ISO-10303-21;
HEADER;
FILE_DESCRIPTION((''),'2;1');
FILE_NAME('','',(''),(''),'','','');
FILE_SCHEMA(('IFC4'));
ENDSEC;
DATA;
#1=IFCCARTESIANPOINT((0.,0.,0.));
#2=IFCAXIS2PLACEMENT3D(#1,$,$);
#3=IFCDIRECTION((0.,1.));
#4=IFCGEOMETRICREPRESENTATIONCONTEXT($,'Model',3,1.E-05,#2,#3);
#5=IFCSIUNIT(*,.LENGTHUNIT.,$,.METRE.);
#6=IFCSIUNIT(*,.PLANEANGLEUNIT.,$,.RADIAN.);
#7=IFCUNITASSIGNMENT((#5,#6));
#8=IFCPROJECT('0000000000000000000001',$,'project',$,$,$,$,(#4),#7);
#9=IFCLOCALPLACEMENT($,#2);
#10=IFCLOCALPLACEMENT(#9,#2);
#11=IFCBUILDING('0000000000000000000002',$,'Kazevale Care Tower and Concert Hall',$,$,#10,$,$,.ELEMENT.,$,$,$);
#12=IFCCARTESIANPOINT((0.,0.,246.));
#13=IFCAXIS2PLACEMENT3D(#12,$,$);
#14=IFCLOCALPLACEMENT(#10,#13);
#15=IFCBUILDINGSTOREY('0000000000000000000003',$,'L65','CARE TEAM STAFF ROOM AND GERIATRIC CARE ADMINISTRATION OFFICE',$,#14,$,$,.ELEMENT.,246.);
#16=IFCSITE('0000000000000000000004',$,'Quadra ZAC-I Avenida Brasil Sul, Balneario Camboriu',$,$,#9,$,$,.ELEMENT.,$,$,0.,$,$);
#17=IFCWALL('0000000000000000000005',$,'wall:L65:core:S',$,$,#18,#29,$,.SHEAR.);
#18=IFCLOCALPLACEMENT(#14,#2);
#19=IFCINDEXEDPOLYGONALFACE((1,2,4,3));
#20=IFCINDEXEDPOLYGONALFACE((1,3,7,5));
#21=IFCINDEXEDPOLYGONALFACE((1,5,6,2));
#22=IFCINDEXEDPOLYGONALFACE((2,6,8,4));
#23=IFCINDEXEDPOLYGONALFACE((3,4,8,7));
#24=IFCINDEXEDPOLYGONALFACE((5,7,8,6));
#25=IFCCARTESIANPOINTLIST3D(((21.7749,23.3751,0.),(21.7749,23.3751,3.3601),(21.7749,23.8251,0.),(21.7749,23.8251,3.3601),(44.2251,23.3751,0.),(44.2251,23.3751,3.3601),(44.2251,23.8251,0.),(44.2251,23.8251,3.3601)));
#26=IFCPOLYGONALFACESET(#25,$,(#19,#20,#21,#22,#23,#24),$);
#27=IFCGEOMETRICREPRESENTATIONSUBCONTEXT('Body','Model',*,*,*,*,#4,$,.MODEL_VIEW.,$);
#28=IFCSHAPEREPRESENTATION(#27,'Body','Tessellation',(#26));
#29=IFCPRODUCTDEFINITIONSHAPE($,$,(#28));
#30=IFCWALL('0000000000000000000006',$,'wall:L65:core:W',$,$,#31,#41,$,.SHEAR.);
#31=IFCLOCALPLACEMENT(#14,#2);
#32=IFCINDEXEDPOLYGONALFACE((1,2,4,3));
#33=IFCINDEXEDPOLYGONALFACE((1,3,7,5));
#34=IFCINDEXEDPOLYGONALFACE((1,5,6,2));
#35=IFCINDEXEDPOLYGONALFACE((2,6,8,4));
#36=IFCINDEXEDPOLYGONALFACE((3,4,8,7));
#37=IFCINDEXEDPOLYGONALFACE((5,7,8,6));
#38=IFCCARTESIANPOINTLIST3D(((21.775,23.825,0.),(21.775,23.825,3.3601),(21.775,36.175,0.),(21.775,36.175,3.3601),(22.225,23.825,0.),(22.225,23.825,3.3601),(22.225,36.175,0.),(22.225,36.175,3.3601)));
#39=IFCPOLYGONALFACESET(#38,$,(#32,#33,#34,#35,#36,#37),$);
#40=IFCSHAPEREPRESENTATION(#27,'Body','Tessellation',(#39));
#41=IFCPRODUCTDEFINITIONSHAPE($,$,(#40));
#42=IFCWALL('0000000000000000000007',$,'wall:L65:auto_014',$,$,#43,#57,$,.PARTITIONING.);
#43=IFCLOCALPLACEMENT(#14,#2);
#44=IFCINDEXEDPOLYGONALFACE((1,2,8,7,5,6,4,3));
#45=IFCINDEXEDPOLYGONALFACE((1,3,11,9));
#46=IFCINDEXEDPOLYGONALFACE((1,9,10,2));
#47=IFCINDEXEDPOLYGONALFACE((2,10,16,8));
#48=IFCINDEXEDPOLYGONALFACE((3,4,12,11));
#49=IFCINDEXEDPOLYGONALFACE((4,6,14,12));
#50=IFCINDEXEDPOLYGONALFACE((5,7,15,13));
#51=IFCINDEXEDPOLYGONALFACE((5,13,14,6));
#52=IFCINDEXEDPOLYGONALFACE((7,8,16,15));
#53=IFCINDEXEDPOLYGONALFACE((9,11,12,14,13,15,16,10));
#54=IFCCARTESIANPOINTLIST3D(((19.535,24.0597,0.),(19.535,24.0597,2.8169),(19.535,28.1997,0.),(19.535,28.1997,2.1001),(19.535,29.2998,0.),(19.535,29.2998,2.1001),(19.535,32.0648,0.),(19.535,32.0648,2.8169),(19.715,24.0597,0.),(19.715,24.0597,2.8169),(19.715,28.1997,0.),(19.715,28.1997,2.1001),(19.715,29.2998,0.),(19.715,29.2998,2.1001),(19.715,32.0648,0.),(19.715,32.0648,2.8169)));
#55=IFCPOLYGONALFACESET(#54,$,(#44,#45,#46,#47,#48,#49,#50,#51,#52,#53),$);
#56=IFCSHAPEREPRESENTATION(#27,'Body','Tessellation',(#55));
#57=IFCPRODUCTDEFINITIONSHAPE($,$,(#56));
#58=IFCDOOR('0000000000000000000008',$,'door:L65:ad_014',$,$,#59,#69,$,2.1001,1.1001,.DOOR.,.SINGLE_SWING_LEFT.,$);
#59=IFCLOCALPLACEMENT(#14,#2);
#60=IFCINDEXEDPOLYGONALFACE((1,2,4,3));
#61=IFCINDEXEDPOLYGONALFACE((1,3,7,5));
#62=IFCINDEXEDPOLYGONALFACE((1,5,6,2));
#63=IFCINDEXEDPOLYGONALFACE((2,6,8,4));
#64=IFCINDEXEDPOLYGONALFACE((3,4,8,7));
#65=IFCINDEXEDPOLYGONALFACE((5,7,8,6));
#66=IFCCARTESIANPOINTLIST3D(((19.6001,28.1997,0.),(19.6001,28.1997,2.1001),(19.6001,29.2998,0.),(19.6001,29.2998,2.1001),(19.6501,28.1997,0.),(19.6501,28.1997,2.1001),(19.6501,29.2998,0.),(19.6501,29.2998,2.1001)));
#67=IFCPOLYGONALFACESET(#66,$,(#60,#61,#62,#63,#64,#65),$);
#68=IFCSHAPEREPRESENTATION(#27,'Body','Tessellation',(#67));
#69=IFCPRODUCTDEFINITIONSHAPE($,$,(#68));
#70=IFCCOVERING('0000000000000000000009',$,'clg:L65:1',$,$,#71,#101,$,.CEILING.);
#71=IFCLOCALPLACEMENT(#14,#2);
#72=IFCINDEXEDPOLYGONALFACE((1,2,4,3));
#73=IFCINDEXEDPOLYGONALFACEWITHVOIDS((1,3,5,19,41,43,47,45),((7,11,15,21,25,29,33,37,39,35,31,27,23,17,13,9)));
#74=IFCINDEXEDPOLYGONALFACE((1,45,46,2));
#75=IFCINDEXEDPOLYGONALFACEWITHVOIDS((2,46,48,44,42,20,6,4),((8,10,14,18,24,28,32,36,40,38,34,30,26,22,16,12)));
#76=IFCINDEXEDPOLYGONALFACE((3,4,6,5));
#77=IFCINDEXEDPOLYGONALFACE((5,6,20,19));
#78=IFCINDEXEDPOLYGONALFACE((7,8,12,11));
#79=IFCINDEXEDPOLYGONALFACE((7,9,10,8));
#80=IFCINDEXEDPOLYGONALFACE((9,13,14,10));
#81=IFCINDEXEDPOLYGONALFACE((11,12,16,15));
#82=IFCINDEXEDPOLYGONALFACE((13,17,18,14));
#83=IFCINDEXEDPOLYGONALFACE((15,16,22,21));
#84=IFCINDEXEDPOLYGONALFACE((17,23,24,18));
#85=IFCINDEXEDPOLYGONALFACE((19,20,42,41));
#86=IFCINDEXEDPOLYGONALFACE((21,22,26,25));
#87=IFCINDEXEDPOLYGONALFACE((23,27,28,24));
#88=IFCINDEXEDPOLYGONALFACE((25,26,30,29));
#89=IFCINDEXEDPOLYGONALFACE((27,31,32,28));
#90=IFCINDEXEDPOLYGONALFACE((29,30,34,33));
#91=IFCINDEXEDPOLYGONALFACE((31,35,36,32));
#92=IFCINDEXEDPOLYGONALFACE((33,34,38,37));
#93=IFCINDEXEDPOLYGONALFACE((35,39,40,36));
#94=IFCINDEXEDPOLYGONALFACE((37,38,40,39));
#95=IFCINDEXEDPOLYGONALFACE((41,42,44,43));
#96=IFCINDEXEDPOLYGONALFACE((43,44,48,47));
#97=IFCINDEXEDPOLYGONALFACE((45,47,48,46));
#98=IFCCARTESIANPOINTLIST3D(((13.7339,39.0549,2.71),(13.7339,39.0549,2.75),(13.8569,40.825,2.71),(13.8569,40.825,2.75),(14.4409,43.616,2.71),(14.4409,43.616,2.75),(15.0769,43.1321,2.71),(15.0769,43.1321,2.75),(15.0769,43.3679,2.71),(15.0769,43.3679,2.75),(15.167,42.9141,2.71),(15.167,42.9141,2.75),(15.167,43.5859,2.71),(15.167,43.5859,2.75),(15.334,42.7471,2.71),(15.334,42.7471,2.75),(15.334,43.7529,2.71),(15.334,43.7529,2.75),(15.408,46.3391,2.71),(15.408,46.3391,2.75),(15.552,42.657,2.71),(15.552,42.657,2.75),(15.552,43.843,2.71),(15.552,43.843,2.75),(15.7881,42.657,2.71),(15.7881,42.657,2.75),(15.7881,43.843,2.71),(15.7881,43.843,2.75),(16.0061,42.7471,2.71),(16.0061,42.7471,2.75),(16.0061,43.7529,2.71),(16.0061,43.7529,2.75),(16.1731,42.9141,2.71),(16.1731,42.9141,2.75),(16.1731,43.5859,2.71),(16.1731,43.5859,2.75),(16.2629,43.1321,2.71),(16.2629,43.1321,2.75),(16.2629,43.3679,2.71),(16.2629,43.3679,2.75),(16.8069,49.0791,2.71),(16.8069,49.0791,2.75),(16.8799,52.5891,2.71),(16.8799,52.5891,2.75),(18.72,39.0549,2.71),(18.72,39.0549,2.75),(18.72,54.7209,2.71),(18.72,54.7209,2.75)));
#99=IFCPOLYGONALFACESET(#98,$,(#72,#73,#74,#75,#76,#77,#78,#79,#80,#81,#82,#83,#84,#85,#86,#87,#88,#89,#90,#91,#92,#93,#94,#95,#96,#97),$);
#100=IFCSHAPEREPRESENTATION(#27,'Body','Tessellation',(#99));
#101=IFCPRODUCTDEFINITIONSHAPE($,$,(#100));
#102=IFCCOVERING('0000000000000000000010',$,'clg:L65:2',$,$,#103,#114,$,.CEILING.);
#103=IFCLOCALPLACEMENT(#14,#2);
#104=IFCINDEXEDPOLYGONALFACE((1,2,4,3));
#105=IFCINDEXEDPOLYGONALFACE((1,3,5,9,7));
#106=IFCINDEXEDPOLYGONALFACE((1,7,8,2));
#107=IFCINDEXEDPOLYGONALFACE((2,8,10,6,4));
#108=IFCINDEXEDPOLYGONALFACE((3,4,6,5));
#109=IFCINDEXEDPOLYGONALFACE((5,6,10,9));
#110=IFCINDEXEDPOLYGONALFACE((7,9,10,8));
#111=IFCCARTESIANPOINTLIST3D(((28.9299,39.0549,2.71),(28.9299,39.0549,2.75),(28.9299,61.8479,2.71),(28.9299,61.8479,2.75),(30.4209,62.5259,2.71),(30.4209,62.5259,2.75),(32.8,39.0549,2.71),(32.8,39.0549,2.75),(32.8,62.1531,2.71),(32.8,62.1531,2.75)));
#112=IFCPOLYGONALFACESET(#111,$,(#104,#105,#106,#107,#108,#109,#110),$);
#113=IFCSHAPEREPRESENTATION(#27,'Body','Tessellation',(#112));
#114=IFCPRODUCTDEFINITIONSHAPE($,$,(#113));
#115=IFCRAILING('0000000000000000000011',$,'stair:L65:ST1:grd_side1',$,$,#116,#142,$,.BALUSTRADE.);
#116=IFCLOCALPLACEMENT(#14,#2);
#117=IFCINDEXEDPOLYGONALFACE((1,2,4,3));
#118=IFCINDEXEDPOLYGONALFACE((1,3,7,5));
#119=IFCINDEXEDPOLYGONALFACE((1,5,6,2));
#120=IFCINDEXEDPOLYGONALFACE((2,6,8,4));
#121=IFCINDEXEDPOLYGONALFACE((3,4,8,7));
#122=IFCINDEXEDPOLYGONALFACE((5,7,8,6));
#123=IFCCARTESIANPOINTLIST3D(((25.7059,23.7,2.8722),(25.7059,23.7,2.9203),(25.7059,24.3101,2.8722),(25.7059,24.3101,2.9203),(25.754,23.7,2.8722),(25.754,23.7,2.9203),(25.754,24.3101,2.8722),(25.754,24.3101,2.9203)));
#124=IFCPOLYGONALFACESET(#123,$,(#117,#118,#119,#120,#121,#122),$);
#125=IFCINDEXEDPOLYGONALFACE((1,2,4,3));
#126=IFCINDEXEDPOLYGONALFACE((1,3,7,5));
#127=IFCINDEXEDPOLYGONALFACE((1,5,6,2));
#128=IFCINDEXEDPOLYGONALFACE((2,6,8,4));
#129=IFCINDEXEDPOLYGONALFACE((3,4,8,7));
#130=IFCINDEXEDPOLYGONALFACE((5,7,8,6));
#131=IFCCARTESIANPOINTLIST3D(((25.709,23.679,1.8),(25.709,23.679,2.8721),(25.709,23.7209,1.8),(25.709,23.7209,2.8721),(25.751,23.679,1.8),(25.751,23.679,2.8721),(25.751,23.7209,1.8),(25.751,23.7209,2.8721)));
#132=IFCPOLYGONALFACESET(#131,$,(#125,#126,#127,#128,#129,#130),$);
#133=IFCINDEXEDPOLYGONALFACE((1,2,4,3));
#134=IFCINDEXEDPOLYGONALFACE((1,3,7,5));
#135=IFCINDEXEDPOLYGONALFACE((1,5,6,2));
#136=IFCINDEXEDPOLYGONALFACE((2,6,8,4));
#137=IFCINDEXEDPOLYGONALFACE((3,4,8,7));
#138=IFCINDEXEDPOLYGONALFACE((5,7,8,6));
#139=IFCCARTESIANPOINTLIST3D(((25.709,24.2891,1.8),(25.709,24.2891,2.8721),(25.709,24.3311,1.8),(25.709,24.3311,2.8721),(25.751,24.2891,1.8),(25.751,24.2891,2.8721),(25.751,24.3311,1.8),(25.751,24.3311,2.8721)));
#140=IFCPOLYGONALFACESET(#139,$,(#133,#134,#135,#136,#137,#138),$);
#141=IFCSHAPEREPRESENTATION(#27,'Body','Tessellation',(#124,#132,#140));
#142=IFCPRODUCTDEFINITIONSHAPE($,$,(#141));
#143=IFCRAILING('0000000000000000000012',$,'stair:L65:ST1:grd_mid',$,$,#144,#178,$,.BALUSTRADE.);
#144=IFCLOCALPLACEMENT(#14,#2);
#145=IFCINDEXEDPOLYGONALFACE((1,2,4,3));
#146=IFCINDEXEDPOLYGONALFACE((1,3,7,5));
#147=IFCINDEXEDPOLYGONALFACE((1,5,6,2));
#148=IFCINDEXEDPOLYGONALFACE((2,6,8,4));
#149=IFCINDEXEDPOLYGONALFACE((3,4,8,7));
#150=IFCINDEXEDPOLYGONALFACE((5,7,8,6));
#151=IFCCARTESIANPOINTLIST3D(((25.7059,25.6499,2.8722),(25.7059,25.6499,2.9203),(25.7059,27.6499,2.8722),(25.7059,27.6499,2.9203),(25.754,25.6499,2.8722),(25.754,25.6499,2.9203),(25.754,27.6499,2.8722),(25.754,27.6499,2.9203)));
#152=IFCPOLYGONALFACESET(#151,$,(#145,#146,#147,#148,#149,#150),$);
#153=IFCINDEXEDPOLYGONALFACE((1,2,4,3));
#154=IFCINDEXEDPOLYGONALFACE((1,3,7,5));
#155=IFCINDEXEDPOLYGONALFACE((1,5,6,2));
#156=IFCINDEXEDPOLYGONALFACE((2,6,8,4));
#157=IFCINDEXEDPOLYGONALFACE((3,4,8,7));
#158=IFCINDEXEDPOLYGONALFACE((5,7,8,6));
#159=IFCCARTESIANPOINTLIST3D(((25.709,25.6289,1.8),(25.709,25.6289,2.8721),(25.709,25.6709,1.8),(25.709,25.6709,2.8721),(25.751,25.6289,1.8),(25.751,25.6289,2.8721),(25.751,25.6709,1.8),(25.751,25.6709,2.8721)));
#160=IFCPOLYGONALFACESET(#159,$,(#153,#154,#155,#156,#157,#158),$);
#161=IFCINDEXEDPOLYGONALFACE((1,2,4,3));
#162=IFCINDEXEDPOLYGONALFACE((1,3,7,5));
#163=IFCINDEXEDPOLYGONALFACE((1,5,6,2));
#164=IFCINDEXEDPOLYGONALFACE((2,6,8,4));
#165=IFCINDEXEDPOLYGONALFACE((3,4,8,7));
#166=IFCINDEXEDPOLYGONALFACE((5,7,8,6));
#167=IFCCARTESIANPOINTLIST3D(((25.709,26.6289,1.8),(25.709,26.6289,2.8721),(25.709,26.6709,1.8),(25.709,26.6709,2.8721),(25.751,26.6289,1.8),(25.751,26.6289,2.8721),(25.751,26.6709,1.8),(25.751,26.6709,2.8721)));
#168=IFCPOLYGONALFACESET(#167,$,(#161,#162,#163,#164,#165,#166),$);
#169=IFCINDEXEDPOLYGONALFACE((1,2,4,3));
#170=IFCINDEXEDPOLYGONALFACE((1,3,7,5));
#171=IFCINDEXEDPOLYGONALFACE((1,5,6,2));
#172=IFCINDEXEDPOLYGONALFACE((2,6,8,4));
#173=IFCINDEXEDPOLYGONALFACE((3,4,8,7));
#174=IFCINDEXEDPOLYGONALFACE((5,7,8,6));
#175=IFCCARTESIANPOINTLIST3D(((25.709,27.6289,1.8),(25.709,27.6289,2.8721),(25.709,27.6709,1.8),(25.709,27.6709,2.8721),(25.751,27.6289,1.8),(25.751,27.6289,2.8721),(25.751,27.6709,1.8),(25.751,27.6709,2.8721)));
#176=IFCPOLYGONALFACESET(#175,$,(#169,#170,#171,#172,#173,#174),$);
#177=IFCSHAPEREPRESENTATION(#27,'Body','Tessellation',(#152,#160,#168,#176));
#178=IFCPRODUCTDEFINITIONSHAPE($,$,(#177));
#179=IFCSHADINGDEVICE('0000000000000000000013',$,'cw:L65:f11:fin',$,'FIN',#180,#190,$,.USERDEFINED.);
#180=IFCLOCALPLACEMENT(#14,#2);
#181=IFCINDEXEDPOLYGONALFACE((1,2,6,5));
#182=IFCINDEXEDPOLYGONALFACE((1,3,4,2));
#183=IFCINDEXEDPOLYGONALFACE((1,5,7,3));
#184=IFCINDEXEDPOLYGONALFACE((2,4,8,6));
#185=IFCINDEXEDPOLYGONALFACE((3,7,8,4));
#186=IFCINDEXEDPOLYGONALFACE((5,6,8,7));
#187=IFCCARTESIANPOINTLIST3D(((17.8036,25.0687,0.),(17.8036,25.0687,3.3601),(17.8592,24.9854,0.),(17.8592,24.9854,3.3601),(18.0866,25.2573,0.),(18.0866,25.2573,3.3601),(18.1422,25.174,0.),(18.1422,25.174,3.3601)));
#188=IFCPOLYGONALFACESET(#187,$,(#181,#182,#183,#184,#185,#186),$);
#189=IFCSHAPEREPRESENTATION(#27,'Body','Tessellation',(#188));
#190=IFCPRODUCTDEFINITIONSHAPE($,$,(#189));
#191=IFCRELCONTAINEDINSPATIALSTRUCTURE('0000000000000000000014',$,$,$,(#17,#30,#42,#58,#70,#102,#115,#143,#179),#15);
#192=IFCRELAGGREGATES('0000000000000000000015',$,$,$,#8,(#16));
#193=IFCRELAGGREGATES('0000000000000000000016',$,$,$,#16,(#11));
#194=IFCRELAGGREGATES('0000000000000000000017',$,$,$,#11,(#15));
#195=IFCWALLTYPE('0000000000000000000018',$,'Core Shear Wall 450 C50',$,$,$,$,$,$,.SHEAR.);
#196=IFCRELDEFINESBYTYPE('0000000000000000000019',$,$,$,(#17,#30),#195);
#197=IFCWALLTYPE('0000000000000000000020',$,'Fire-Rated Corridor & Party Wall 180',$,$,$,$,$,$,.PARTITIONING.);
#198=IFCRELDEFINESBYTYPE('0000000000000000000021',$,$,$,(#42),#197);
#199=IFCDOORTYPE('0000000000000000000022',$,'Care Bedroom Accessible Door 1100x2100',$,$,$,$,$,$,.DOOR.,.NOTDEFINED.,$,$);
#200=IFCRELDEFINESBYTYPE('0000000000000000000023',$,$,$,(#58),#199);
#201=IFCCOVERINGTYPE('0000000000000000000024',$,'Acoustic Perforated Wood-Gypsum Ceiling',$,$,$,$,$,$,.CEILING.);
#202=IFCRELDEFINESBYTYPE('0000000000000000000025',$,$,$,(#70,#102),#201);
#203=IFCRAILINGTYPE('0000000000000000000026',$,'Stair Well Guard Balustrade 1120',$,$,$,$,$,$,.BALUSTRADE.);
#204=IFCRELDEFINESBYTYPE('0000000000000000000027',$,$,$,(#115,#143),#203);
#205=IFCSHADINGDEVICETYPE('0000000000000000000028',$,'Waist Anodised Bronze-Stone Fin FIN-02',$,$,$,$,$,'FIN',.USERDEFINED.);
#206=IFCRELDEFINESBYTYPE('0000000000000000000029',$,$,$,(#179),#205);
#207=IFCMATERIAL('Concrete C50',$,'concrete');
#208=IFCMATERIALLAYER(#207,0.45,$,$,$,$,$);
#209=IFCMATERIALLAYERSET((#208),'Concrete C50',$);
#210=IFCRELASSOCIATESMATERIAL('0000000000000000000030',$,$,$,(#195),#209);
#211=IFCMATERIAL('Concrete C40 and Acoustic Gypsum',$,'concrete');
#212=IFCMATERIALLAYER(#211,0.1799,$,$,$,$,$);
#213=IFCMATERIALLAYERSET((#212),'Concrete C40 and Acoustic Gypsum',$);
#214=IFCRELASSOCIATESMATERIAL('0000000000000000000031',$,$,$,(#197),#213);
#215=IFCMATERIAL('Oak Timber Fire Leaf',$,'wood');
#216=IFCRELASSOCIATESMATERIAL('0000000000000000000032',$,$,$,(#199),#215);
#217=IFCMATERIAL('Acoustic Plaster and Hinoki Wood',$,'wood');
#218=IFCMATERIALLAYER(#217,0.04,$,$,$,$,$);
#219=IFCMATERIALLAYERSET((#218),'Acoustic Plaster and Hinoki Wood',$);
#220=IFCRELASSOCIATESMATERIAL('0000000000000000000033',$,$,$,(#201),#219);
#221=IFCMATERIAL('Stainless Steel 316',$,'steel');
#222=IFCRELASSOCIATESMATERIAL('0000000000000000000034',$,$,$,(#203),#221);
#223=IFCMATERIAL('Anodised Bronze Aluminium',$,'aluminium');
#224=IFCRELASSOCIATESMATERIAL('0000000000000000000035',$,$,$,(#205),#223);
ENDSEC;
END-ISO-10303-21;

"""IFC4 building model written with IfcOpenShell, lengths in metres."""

from ifc_helpers import new_model, si_unit, direction, frame, frame_2d, origin, origin_2d, place, context, subcontext, project, spatial, polyline, rectangle, outline, extrude, material, layer, layer_set, type_object, element, fill, save


model = new_model("IFC4")

# Units and contexts
model_context = context("Model", 3, precision=1e-05, world=origin(), true_north=direction((0.0, 1.0)))
body_context = subcontext(model_context, "Body", "Model", "MODEL_VIEW")
ifc_project = project(units=[si_unit("LENGTHUNIT", "METRE"), si_unit("PLANEANGLEUNIT", "RADIAN")], contexts=[model_context])

# Site, building, storey
site_placement = place(None, origin())
site = spatial("IfcSite", under=ifc_project, at=site_placement, Name="Quadra ZAC-I Avenida Brasil Sul, Balneario Camboriu", CompositionType="ELEMENT", RefElevation=0.0)
building_placement = place(site_placement, origin())
building = spatial("IfcBuilding", under=site, at=building_placement, Name="Kazevale Care Tower and Concert Hall", CompositionType="ELEMENT")
storey_placement = place(building_placement, frame((0.0, 0.0, 246.0)))
storey = spatial("IfcBuildingStorey", under=building, at=storey_placement, Name="L65", Description="CARE TEAM STAFF ROOM AND GERIATRIC CARE ADMINISTRATION OFFICE", CompositionType="ELEMENT", Elevation=246.0)

# Shared definitions
ifc_material_1 = material(Name="Concrete C50", Category="concrete")

# Walls
ifc_layer_1 = layer(ifc_material_1, 0.45)
ifc_layer_set_1 = layer_set([ifc_layer_1], Name="Concrete C50")
wall_type_1 = type_object("IfcWallType", Name="Core Shear Wall 450 C50", PredefinedType="SHEAR", material=ifc_layer_set_1)
wall_1_placement = place(storey_placement, frame((21.7749, 23.6001, 0.0), z_axis=(0.0, 0.0, 1.0), x_axis=(1.0, 0.0, 0.0)))
element("IfcWall", 1, at=wall_1_placement, inside=storey, type_object=wall_type_1, Name="wall:L65:core:S", PredefinedType="SHEAR", context=body_context, shape_type="SweptSolid", body=[
    extrude(rectangle(XDim=22.4502, YDim=0.45, at=frame_2d((11.2251, 0.0))), origin(), (0.0, 0.0, 1.0), 3.3601),
])
wall_2_placement = place(storey_placement, frame((22.0, 23.825, 0.0), z_axis=(0.0, 0.0, 1.0), x_axis=(0.0, 1.0, 0.0)))
element("IfcWall", 2, at=wall_2_placement, inside=storey, type_object=wall_type_1, Name="wall:L65:core:W", PredefinedType="SHEAR", context=body_context, shape_type="SweptSolid", body=[
    extrude(rectangle(XDim=12.3501, YDim=0.45, at=frame_2d((6.175, 0.0))), origin(), (0.0, 0.0, 1.0), 3.3601),
])

# Wall, opening, door
ifc_material_2 = material(Name="Concrete C40 and Acoustic Gypsum", Category="concrete")
ifc_layer_2 = layer(ifc_material_2, 0.1799)
ifc_layer_set_2 = layer_set([ifc_layer_2], Name="Concrete C40 and Acoustic Gypsum")
wall_type_2 = type_object("IfcWallType", Name="Fire-Rated Corridor & Party Wall 180", PredefinedType="PARTITIONING", material=ifc_layer_set_2)
wall_3_placement = place(storey_placement, frame((19.625, 24.0598, 0.0), z_axis=(0.0, 0.0, 1.0), x_axis=(0.0, 1.0, 0.0)))
wall_3 = element("IfcWall", 3, at=wall_3_placement, inside=storey, type_object=wall_type_2, Name="wall:L65:auto_014", PredefinedType="PARTITIONING", context=body_context, shape_type="SweptSolid", body=[
    extrude(rectangle(XDim=8.0051, YDim=0.1799, at=frame_2d((4.0024, 0.0))), origin(), (0.0, 0.0, 1.0), 2.8169),
])
opening_placement = place(wall_3_placement, frame((4.1399, 0.0, 0.0)))
opening = element("IfcOpeningElement", 4, at=opening_placement, cuts=wall_3, PredefinedType="OPENING", context=body_context, shape_type="SweptSolid", body=[
    extrude(rectangle(XDim=1.1001, YDim=2.1001, at=frame_2d((0.55, 1.05))), frame((0.0, 0.0999, 0.0), z_axis=(0.0, -1.0, 0.0), x_axis=(1.0, 0.0, 0.0)), (0.0, 0.0, 1.0), 0.2),
])
ifc_material_3 = material(Name="Oak Timber Fire Leaf", Category="wood")
door_type = type_object("IfcDoorType", Name="Care Bedroom Accessible Door 1100x2100", OperationType="NOTDEFINED", PredefinedType="DOOR", material=ifc_material_3)
door_placement = place(opening_placement, origin())
door = element("IfcDoor", 5, at=door_placement, inside=storey, type_object=door_type, Name="door:L65:ad_014", OperationType="SINGLE_SWING_LEFT", OverallHeight=2.1001, OverallWidth=1.1001, PredefinedType="DOOR", context=body_context, shape_type="SweptSolid", body=[
    extrude(rectangle(XDim=1.1001, YDim=2.1001, at=frame_2d((0.55, 1.05))), frame((0.0, 0.0249, 0.0), z_axis=(0.0, -1.0, 0.0), x_axis=(1.0, 0.0, 0.0)), (0.0, 0.0, 1.0), 0.05),
])
fill(opening, door)

# Coverings
ifc_material_4 = material(Name="Acoustic Plaster and Hinoki Wood", Category="wood")
ifc_layer_3 = layer(ifc_material_4, 0.04)
ifc_layer_set_3 = layer_set([ifc_layer_3], Name="Acoustic Plaster and Hinoki Wood")
covering_type = type_object("IfcCoveringType", Name="Acoustic Perforated Wood-Gypsum Ceiling", PredefinedType="CEILING", material=ifc_layer_set_3)
covering_1_placement = place(storey_placement, frame((0.0, 0.0, 2.71)))
element("IfcCovering", 6, at=covering_1_placement, inside=storey, type_object=covering_type, Name="clg:L65:1", PredefinedType="CEILING", context=body_context, shape_type="SweptSolid", body=[
    extrude(outline(polyline([(14.4409, 43.616), (15.408, 46.3391), (16.8069, 49.0791), (16.8799, 52.5891), (18.72, 54.7209), (18.72, 39.0549), (13.7339, 39.0549), (13.8569, 40.825), (14.4409, 43.616)]), holes=[polyline([(16.2629, 43.3679), (16.1731, 43.5859), (16.0061, 43.7529), (15.7881, 43.843), (15.552, 43.843), (15.334, 43.7529), (15.167, 43.5859), (15.0769, 43.3679), (15.0769, 43.1321), (15.167, 42.9141), (15.334, 42.7471), (15.552, 42.657), (15.7881, 42.657), (16.0061, 42.7471), (16.1731, 42.9141), (16.2629, 43.1321), (16.2629, 43.3679)])]), origin(), (0.0, 0.0, 1.0), 0.04),
])
covering_2_placement = place(storey_placement, frame((0.0, 0.0, 2.71)))
element("IfcCovering", 7, at=covering_2_placement, inside=storey, type_object=covering_type, Name="clg:L65:2", PredefinedType="CEILING", context=body_context, shape_type="SweptSolid", body=[
    extrude(outline(polyline([(28.9299, 61.8479), (30.4209, 62.5259), (32.8, 62.1531), (32.8, 39.0549), (28.9299, 39.0549), (28.9299, 61.8479)])), origin(), (0.0, 0.0, 1.0), 0.04),
])

# Railings
ifc_material_5 = material(Name="Stainless Steel 316", Category="steel")
railing_type = type_object("IfcRailingType", Name="Stair Well Guard Balustrade 1120", PredefinedType="BALUSTRADE", material=ifc_material_5)
railing_1_placement = place(storey_placement, frame((25.73, 23.7, 1.8)))
element("IfcRailing", 8, at=railing_1_placement, inside=storey, type_object=railing_type, Name="stair:L65:ST1:grd_side1", PredefinedType="BALUSTRADE", context=body_context, shape_type="SweptSolid", body=[
    extrude(rectangle(XDim=0.0481, YDim=0.0481, at=origin_2d()), frame((0.0, 0.0, 1.0962), z_axis=(0.0, 1.0, 0.0), x_axis=(-1.0, 0.0, 0.0)), (0.0, 0.0, 1.0), 0.6101),
    extrude(rectangle(XDim=0.042, YDim=0.042, at=origin_2d()), origin(), (0.0, 0.0, 1.0), 1.072),
    extrude(rectangle(XDim=0.042, YDim=0.042, at=origin_2d()), frame((0.0, 0.6101, 0.0)), (0.0, 0.0, 1.0), 1.072),
])
railing_2_placement = place(storey_placement, frame((25.73, 25.6499, 1.8)))
element("IfcRailing", 9, at=railing_2_placement, inside=storey, type_object=railing_type, Name="stair:L65:ST1:grd_mid", PredefinedType="BALUSTRADE", context=body_context, shape_type="SweptSolid", body=[
    extrude(rectangle(XDim=0.0481, YDim=0.0481, at=origin_2d()), frame((0.0, 0.0, 1.0962), z_axis=(0.0, 1.0, 0.0), x_axis=(-1.0, 0.0, 0.0)), (0.0, 0.0, 1.0), 2.0),
    extrude(rectangle(XDim=0.042, YDim=0.042, at=origin_2d()), origin(), (0.0, 0.0, 1.0), 1.072),
    extrude(rectangle(XDim=0.042, YDim=0.042, at=origin_2d()), frame((0.0, 1.0, 0.0)), (0.0, 0.0, 1.0), 1.072),
    extrude(rectangle(XDim=0.042, YDim=0.042, at=origin_2d()), frame((0.0, 2.0, 0.0)), (0.0, 0.0, 1.0), 1.072),
])

# Shading device
ifc_material_6 = material(Name="Anodised Bronze Aluminium", Category="aluminium")
shading_device_type = type_object("IfcShadingDeviceType", Name="Waist Anodised Bronze-Stone Fin FIN-02", ElementType="FIN", PredefinedType="USERDEFINED", material=ifc_material_6)
shading_device_placement = place(storey_placement, frame((17.9729, 25.1213, 0.0), z_axis=(0.0, 0.0, 1.0), x_axis=(-0.832148, -0.554554, 0.0)))
element("IfcShadingDevice", 10, at=shading_device_placement, inside=storey, type_object=shading_device_type, Name="cw:L65:f11:fin", ObjectType="FIN", PredefinedType="USERDEFINED", context=body_context, shape_type="SweptSolid", body=[
    extrude(rectangle(XDim=0.3401, YDim=0.1001, at=origin_2d()), origin(), (0.0, 0.0, 1.0), 3.3601),
])

save(model, "model.ifc")
